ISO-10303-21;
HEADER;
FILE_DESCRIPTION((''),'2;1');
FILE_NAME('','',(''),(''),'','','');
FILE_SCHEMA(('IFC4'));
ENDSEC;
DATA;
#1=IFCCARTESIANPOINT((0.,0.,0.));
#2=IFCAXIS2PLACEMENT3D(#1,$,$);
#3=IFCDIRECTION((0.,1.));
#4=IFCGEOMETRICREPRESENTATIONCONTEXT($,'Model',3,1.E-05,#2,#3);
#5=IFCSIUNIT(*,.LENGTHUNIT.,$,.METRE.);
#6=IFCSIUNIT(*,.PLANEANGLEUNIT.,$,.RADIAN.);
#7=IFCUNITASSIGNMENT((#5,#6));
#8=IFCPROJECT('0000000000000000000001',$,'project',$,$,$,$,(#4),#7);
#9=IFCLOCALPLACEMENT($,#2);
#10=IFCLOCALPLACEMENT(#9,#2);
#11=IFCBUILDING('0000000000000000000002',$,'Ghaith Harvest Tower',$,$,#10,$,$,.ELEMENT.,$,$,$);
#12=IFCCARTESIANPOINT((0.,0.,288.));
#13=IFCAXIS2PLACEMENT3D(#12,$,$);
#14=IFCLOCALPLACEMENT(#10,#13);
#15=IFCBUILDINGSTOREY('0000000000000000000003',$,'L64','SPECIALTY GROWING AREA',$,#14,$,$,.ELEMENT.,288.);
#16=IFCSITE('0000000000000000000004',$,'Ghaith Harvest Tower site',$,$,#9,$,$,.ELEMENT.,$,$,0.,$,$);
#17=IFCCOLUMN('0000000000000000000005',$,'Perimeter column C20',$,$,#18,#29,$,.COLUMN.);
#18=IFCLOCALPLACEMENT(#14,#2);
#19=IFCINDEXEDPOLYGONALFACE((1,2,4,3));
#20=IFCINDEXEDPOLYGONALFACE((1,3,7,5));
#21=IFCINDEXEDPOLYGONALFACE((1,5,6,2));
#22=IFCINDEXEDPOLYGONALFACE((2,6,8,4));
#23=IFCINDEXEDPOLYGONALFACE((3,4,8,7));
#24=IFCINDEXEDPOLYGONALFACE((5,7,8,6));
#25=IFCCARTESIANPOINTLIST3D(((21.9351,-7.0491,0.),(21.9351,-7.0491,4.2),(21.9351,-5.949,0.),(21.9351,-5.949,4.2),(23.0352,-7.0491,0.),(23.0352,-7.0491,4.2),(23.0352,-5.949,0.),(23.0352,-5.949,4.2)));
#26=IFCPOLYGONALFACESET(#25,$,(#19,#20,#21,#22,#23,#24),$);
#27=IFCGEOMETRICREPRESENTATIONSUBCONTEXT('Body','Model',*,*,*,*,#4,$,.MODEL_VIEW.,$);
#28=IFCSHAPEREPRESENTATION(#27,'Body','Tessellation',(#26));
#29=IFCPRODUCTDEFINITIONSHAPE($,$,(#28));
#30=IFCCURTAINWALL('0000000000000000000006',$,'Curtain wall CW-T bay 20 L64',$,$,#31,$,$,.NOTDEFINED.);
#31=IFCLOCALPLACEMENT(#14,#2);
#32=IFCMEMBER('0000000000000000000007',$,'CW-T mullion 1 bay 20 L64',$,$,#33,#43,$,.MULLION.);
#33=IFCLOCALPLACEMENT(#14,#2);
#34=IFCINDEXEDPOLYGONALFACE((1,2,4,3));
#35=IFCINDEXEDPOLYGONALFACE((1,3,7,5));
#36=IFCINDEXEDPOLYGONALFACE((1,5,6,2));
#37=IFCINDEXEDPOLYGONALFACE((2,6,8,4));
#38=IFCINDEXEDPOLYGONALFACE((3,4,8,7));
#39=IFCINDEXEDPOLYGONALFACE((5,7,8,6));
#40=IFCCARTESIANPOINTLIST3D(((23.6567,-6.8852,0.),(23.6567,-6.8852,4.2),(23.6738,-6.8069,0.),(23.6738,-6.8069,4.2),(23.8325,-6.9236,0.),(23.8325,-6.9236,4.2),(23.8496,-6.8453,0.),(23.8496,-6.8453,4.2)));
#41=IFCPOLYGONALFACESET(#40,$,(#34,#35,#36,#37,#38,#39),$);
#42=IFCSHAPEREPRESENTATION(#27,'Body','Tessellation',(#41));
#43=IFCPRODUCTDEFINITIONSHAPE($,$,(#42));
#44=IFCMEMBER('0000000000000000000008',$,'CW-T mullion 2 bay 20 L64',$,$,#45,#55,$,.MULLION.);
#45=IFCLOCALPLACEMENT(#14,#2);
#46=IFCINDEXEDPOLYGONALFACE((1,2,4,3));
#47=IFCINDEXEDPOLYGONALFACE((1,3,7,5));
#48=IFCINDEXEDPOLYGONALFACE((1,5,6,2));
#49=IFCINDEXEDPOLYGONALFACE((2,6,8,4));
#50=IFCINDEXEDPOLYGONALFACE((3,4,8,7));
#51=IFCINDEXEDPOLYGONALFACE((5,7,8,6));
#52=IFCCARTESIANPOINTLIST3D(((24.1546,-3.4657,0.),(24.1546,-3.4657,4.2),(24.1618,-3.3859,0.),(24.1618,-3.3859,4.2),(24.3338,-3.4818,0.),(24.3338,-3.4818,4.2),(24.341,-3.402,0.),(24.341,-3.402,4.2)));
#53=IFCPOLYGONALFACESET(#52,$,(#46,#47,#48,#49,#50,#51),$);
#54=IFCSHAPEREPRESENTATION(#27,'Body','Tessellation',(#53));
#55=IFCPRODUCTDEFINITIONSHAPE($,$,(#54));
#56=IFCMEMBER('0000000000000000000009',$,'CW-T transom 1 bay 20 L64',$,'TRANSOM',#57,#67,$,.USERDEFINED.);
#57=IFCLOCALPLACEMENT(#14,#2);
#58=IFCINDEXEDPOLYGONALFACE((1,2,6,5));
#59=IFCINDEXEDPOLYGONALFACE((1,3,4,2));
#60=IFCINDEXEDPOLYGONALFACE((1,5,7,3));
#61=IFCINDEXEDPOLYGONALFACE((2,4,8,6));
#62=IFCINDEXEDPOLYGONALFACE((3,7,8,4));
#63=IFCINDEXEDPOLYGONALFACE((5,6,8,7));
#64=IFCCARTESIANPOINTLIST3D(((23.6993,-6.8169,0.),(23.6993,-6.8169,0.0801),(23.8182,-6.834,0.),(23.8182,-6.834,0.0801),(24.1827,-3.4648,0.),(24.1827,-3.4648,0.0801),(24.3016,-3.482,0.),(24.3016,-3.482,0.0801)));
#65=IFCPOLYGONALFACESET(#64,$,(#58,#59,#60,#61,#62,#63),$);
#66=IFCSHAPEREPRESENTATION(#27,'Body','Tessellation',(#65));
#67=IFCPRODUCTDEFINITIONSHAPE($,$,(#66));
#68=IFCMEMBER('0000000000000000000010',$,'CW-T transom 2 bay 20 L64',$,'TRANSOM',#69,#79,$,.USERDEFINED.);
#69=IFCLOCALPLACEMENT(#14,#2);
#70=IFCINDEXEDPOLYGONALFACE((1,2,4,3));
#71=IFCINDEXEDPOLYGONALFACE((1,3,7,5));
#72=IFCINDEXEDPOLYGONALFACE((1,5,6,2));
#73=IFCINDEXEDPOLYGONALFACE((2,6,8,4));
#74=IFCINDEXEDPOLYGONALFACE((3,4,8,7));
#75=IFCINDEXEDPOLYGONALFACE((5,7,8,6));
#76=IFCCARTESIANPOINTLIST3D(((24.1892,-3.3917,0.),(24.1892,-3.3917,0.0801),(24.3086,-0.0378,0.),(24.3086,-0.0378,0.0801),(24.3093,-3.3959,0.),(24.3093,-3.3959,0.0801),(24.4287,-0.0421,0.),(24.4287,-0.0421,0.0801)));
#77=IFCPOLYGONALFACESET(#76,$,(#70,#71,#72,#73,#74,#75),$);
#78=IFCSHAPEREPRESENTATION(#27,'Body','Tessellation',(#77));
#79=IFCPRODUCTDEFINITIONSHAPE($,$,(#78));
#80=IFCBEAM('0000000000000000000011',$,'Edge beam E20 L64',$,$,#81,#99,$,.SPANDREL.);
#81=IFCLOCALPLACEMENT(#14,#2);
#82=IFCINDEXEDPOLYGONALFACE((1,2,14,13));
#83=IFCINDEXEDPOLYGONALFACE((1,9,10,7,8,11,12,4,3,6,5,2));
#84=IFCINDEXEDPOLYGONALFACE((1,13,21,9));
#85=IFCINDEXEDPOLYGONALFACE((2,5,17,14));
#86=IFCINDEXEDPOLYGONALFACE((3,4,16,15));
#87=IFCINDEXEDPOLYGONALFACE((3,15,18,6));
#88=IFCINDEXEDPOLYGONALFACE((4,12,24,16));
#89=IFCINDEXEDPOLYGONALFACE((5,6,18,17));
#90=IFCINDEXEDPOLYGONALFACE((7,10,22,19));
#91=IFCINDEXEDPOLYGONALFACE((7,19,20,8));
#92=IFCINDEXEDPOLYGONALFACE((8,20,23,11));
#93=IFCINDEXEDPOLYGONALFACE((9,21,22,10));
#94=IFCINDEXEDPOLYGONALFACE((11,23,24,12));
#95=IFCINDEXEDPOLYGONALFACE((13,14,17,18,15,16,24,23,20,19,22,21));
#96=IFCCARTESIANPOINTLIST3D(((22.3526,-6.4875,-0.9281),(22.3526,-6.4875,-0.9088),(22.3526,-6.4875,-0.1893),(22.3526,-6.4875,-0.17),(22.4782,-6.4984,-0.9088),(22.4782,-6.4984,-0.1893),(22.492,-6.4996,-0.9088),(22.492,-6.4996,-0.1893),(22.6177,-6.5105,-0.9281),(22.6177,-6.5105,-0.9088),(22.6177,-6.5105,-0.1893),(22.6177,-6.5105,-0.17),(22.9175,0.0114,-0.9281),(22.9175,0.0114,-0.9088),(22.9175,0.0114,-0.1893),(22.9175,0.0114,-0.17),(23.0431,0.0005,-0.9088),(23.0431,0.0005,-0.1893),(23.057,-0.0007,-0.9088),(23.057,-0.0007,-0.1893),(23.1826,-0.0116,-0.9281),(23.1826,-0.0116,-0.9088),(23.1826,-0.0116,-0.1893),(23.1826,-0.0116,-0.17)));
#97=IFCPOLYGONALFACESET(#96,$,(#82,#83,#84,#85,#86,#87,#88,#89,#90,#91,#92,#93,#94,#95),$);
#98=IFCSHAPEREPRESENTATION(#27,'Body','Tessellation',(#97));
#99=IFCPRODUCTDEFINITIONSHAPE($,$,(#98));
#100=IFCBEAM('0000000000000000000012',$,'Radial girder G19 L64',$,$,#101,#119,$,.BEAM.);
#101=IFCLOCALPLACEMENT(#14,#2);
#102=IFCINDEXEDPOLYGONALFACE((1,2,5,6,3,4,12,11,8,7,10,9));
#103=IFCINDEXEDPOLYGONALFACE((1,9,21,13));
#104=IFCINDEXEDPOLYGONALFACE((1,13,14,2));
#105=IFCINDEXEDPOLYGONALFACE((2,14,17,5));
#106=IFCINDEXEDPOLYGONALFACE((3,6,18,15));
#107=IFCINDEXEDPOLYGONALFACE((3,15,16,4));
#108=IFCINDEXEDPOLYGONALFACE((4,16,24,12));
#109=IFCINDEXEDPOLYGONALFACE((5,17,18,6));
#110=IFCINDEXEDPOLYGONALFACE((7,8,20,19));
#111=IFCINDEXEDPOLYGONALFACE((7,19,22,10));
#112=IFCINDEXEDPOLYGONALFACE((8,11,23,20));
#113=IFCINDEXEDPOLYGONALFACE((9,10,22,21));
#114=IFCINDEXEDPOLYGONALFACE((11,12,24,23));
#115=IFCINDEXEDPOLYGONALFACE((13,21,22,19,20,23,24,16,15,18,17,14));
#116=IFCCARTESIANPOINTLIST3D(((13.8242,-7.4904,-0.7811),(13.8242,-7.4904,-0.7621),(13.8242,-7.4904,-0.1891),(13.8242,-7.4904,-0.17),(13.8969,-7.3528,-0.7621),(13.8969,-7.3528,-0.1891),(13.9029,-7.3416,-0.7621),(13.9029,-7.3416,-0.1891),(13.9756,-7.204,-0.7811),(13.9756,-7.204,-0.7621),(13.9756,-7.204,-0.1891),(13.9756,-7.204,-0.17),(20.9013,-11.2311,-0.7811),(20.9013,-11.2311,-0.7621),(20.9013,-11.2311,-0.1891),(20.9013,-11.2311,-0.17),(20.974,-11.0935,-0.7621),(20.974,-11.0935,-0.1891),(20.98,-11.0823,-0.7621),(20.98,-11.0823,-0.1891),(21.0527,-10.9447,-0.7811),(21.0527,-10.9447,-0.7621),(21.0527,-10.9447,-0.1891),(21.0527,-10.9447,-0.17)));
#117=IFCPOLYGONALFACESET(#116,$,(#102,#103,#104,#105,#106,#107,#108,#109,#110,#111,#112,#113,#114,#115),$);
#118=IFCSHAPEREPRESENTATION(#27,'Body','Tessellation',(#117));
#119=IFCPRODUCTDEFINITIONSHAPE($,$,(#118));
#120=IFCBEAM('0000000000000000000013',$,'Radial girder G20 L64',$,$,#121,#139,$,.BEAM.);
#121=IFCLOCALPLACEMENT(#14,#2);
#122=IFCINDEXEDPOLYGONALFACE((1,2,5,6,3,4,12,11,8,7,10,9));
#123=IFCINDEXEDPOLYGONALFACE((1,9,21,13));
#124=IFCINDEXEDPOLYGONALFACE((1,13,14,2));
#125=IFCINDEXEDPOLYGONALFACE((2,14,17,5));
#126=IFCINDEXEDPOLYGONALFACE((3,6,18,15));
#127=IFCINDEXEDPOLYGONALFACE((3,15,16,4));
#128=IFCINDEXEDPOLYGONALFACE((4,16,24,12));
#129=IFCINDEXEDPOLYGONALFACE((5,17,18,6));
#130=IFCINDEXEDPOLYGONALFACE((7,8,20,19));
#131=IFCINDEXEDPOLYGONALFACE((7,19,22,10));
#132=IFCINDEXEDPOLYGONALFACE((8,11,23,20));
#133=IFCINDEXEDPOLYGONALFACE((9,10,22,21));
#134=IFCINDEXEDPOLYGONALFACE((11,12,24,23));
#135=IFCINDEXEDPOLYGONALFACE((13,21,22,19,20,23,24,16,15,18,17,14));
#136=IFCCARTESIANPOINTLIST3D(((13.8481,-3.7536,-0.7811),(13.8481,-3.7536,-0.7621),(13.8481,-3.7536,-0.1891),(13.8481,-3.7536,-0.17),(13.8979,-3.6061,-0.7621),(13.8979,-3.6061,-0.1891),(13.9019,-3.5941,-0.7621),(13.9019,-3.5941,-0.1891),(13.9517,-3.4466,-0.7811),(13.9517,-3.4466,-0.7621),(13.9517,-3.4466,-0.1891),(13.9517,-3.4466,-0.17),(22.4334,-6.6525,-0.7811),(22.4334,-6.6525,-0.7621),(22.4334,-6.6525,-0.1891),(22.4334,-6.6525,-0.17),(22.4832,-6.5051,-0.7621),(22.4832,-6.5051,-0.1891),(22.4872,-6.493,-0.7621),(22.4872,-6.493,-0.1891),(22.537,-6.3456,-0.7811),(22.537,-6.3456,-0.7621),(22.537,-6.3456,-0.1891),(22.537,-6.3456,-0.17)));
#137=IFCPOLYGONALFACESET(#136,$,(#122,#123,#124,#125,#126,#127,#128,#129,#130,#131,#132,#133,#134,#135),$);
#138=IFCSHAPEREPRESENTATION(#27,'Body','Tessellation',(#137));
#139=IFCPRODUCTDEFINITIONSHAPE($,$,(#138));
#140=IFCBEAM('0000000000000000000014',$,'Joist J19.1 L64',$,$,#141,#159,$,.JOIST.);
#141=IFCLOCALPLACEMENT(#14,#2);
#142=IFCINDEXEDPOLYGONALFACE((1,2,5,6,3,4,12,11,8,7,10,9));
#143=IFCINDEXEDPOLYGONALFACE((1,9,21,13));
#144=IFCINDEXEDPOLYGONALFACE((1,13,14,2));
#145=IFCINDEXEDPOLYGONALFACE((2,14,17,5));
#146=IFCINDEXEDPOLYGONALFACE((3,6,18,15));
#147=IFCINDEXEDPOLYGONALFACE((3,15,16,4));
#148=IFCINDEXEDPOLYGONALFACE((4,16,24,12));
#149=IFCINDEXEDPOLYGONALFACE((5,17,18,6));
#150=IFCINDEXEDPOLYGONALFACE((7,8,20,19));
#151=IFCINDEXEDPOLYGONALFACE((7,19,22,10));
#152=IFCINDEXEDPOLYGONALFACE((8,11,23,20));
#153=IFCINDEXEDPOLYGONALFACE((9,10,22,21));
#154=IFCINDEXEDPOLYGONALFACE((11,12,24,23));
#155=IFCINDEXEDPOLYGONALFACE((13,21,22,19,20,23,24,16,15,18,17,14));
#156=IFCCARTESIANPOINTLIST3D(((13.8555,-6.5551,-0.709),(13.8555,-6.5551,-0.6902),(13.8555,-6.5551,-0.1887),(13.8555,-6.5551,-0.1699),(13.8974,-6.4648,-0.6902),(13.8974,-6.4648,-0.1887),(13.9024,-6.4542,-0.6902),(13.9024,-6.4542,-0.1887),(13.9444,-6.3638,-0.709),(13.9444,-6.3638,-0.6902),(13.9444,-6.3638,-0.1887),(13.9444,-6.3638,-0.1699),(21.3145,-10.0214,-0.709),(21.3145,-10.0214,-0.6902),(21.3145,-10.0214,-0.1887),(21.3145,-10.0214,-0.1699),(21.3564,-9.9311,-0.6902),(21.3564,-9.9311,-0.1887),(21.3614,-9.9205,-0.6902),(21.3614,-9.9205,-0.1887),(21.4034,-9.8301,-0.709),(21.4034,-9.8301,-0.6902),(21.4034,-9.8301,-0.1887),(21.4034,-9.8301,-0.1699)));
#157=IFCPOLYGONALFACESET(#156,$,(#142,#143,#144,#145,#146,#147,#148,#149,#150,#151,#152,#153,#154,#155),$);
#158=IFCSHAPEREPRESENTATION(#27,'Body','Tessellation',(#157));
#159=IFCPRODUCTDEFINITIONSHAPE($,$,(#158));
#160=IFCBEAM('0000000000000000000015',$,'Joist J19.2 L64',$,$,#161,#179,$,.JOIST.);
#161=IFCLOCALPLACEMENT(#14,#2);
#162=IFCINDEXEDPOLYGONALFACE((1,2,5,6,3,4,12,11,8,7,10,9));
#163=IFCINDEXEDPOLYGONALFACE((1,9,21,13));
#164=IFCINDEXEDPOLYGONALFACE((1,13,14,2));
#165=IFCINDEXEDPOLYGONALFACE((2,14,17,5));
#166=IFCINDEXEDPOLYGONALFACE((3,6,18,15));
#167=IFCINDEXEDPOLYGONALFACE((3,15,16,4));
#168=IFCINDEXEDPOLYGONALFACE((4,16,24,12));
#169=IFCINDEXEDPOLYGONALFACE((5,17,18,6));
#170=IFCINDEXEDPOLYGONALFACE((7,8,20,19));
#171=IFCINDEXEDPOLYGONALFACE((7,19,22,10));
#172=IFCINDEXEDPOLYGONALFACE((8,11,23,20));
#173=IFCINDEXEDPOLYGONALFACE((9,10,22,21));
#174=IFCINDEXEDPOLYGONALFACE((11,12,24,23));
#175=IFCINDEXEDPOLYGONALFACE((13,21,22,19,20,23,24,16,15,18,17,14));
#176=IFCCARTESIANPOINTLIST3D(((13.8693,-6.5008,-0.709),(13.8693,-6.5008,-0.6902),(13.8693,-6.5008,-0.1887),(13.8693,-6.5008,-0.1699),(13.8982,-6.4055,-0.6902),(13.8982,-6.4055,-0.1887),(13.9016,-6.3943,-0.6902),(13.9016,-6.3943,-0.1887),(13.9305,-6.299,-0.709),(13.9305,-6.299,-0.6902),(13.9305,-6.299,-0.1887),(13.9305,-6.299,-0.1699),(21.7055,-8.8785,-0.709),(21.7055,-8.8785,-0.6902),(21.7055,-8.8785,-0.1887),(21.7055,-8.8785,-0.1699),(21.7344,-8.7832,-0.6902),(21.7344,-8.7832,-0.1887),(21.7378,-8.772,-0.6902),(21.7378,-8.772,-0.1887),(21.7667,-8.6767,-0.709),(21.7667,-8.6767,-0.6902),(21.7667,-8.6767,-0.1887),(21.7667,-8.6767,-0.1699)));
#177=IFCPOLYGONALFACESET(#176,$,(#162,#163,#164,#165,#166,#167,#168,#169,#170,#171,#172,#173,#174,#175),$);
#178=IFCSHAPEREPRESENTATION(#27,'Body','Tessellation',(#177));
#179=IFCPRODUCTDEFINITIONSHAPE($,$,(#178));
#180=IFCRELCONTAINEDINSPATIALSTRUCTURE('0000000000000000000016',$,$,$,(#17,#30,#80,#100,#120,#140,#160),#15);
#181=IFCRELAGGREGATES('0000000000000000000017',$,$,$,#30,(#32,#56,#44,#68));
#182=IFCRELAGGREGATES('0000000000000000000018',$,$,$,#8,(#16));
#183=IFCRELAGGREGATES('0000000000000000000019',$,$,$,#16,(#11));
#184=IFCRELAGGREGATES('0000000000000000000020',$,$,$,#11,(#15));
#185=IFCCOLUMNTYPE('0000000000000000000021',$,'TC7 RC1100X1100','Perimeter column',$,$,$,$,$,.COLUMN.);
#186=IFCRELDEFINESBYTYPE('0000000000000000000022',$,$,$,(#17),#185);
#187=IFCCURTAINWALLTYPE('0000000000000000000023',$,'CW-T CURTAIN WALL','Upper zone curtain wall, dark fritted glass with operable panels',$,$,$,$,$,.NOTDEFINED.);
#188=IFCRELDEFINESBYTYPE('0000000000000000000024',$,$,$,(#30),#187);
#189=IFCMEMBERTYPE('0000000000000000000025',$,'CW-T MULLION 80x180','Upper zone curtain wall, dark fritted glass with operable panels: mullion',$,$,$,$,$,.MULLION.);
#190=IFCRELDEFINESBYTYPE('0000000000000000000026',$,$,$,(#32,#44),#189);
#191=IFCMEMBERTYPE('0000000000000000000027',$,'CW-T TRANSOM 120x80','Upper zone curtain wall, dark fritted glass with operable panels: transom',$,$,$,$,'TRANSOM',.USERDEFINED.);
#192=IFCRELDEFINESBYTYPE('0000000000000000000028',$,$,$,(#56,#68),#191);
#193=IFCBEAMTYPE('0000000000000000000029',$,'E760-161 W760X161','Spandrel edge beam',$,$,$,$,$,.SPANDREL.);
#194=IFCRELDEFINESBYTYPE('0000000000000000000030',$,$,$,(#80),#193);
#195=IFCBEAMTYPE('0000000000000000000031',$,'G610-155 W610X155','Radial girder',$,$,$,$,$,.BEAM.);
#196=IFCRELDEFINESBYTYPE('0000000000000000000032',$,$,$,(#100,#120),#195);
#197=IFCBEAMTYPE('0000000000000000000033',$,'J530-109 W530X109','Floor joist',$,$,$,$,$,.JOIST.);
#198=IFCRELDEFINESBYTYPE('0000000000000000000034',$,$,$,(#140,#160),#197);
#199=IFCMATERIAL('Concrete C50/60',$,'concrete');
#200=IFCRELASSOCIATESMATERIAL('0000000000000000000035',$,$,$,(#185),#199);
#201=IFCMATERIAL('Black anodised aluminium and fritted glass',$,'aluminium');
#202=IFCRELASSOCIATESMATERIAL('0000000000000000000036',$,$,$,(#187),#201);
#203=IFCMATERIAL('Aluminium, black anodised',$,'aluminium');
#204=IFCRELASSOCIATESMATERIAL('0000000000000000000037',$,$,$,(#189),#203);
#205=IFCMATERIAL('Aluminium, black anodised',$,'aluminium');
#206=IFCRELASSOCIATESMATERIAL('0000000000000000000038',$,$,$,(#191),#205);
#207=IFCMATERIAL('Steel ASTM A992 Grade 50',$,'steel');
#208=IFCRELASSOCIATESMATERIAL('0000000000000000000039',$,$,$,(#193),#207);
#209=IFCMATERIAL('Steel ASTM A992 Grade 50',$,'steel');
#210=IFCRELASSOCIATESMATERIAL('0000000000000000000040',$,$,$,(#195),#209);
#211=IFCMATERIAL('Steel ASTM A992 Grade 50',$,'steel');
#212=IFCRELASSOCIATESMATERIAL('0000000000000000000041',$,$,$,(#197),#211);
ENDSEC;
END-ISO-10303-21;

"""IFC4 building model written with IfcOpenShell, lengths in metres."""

from ifc_helpers import new_model, si_unit, direction, frame, origin, origin_2d, place, context, subcontext, project, spatial, rectangle, i_section, extrude, material, material_profile, profile_set, type_object, element, aggregate, save


model = new_model("IFC4")

# Units and contexts
model_context = context("Model", 3, precision=1e-05, world=origin(), true_north=direction((0.0, 1.0)))
body_context = subcontext(model_context, "Body", "Model", "MODEL_VIEW")
ifc_project = project(units=[si_unit("LENGTHUNIT", "METRE"), si_unit("PLANEANGLEUNIT", "RADIAN")], contexts=[model_context])

# Site, building, storey
site_placement = place(None, origin())
site = spatial("IfcSite", under=ifc_project, at=site_placement, Name="Ghaith Harvest Tower site", CompositionType="ELEMENT", RefElevation=0.0)
building_placement = place(site_placement, origin())
building = spatial("IfcBuilding", under=site, at=building_placement, Name="Ghaith Harvest Tower", CompositionType="ELEMENT")
storey_placement = place(building_placement, frame((0.0, 0.0, 288.0)))
storey = spatial("IfcBuildingStorey", under=building, at=storey_placement, Name="L64", Description="SPECIALTY GROWING AREA", CompositionType="ELEMENT", Elevation=288.0)

# Column
ifc_material_1 = material(Name="Concrete C50/60", Category="concrete")
ifc_material_profile_1 = material_profile(ifc_material_1, rectangle(XDim=1.1001, YDim=1.1001, at=origin_2d()), Name="RC1100X1100")
ifc_profile_set_1 = profile_set([ifc_material_profile_1], Name="Concrete C50/60")
column_type = type_object("IfcColumnType", Name="TC7 RC1100X1100", Description="Perimeter column", PredefinedType="COLUMN", material=ifc_profile_set_1)
column_placement = place(storey_placement, frame((22.4851, -6.499, 0.0), z_axis=(0.0, 0.0, 1.0), x_axis=(1.0, 0.0, 0.0)))
element("IfcColumn", 1, at=column_placement, inside=storey, type_object=column_type, Name="Perimeter column C20", PredefinedType="COLUMN", context=body_context, shape_type="SweptSolid", body=[
    extrude(rectangle(XDim=1.1001, YDim=1.1001, at=origin_2d()), origin(), (0.0, 0.0, 1.0), 4.2),
])

# Curtain wall, members
ifc_material_2 = material(Name="Black anodised aluminium and fritted glass", Category="aluminium")
curtain_wall_type = type_object("IfcCurtainWallType", Name="CW-T CURTAIN WALL", Description="Upper zone curtain wall, dark fritted glass with operable panels", PredefinedType="NOTDEFINED", material=ifc_material_2)
curtain_wall_1_placement = place(storey_placement, origin())
curtain_wall_1 = element("IfcCurtainWall", 2, at=curtain_wall_1_placement, inside=storey, type_object=curtain_wall_type, Name="Curtain wall CW-T bay 20 L64", PredefinedType="NOTDEFINED")
ifc_material_3 = material(Name="Aluminium, black anodised", Category="aluminium")
ifc_material_profile_2 = material_profile(ifc_material_3, rectangle(XDim=0.0801, YDim=0.1799, at=origin_2d()), Name="CW-T MULLION 80x180")
ifc_profile_set_2 = profile_set([ifc_material_profile_2], Name="Aluminium, black anodised")
member_type_1 = type_object("IfcMemberType", Name="CW-T MULLION 80x180", Description="Upper zone curtain wall, dark fritted glass with operable panels: mullion", PredefinedType="MULLION", material=ifc_profile_set_2)
member_1_placement = place(storey_placement, frame((23.7532, -6.8652, 0.0), z_axis=(0.0, 0.0, 1.0), x_axis=(0.213402, 0.976964, 0.0)))
member_1 = element("IfcMember", 3, at=member_1_placement, type_object=member_type_1, Name="CW-T mullion 1 bay 20 L64", PredefinedType="MULLION", context=body_context, shape_type="SweptSolid", body=[
    extrude(rectangle(XDim=0.0801, YDim=0.1799, at=origin_2d()), origin(), (0.0, 0.0, 1.0), 4.2),
])
member_2_placement = place(storey_placement, frame((24.2478, -3.4338, 0.0), z_axis=(0.0, 0.0, 1.0), x_axis=(0.089502, 0.995987, 0.0)))
member_2 = element("IfcMember", 4, at=member_2_placement, type_object=member_type_1, Name="CW-T mullion 2 bay 20 L64", PredefinedType="MULLION", context=body_context, shape_type="SweptSolid", body=[
    extrude(rectangle(XDim=0.0801, YDim=0.1799, at=origin_2d()), origin(), (0.0, 0.0, 1.0), 4.2),
])
ifc_material_4 = material(Name="Aluminium, black anodised", Category="aluminium")
ifc_material_profile_3 = material_profile(ifc_material_4, rectangle(XDim=0.1201, YDim=0.0801, at=origin_2d()), Name="CW-T TRANSOM 120x80")
ifc_profile_set_3 = profile_set([ifc_material_profile_3], Name="Aluminium, black anodised")
member_type_2 = type_object("IfcMemberType", Name="CW-T TRANSOM 120x80", Description="Upper zone curtain wall, dark fritted glass with operable panels: transom", ElementType="TRANSOM", PredefinedType="USERDEFINED", material=ifc_profile_set_3)
member_3_placement = place(storey_placement, frame((23.7588, -6.8254, 0.04), z_axis=(0.142733, 0.989761, 0.0), x_axis=(-0.989761, 0.142733, 0.0)))
member_3 = element("IfcMember", 5, at=member_3_placement, type_object=member_type_2, Name="CW-T transom 1 bay 20 L64", ObjectType="TRANSOM", PredefinedType="USERDEFINED", context=body_context, shape_type="SweptSolid", body=[
    extrude(rectangle(XDim=0.1201, YDim=0.0801, at=origin_2d()), origin(), (0.0, 0.0, 1.0), 3.3867),
])
member_4_placement = place(storey_placement, frame((24.2493, -3.3938, 0.04), z_axis=(0.035575, 0.999367, 0.0), x_axis=(-0.999367, 0.035575, 0.0)))
member_4 = element("IfcMember", 6, at=member_4_placement, type_object=member_type_2, Name="CW-T transom 2 bay 20 L64", ObjectType="TRANSOM", PredefinedType="USERDEFINED", context=body_context, shape_type="SweptSolid", body=[
    extrude(rectangle(XDim=0.1201, YDim=0.0801, at=origin_2d()), origin(), (0.0, 0.0, 1.0), 3.356),
])

# Beams
ifc_material_5 = material(Name="Steel ASTM A992 Grade 50", Category="steel")
ifc_material_profile_4 = material_profile(ifc_material_5, i_section(OverallWidth=0.2661, OverallDepth=0.7581, WebThickness=0.0139, FlangeThickness=0.0193, at=origin_2d()), Name="W760X161")
ifc_profile_set_4 = profile_set([ifc_material_profile_4], Name="Steel ASTM A992 Grade 50")
beam_type_1 = type_object("IfcBeamType", Name="E760-161 W760X161", Description="Spandrel edge beam", PredefinedType="SPANDREL", material=ifc_profile_set_4)
beam_1_placement = place(storey_placement, frame((22.4851, -6.499, -0.5491), z_axis=(0.086601, 0.996243, 0.0), x_axis=(-0.996243, 0.086601, 0.0)))
element("IfcBeam", 7, at=beam_1_placement, inside=storey, type_object=beam_type_1, Name="Edge beam E20 L64", PredefinedType="SPANDREL", context=body_context, shape_type="SweptSolid", body=[
    extrude(i_section(OverallWidth=0.2661, OverallDepth=0.7581, WebThickness=0.0139, FlangeThickness=0.0193, at=origin_2d()), origin(), (0.0, 0.0, 1.0), 6.5234),
])
ifc_material_6 = material(Name="Steel ASTM A992 Grade 50", Category="steel")
ifc_material_profile_5 = material_profile(ifc_material_6, i_section(OverallWidth=0.324, OverallDepth=0.6111, WebThickness=0.0127, FlangeThickness=0.019, at=origin_2d()), Name="W610X155")
ifc_profile_set_5 = profile_set([ifc_material_profile_5], Name="Steel ASTM A992 Grade 50")
beam_type_2 = type_object("IfcBeamType", Name="G610-155 W610X155", Description="Radial girder", PredefinedType="BEAM", material=ifc_profile_set_5)
beam_2_placement = place(storey_placement, frame((13.8999, -7.3472, -0.4756), z_axis=(0.884098, -0.467302, 0.0), x_axis=(0.467302, 0.884098, 0.0)))
element("IfcBeam", 8, at=beam_2_placement, inside=storey, type_object=beam_type_2, Name="Radial girder G19 L64", PredefinedType="BEAM", context=body_context, shape_type="SweptSolid", body=[
    extrude(i_section(OverallWidth=0.324, OverallDepth=0.6111, WebThickness=0.0127, FlangeThickness=0.019, at=origin_2d()), origin(), (0.0, 0.0, 1.0), 8.0049),
])
beam_3_placement = place(storey_placement, frame((13.8999, -3.6001, -0.4756), z_axis=(0.947445, -0.319919, 0.0), x_axis=(0.319919, 0.947445, 0.0)))
element("IfcBeam", 9, at=beam_3_placement, inside=storey, type_object=beam_type_2, Name="Radial girder G20 L64", PredefinedType="BEAM", context=body_context, shape_type="SweptSolid", body=[
    extrude(i_section(OverallWidth=0.324, OverallDepth=0.6111, WebThickness=0.0127, FlangeThickness=0.019, at=origin_2d()), origin(), (0.0, 0.0, 1.0), 9.0615),
])
ifc_material_7 = material(Name="Steel ASTM A992 Grade 50", Category="steel")
ifc_material_profile_6 = material_profile(ifc_material_7, i_section(OverallWidth=0.2109, OverallDepth=0.5391, WebThickness=0.0117, FlangeThickness=0.0188, at=origin_2d()), Name="W530X109")
ifc_profile_set_6 = profile_set([ifc_material_profile_6], Name="Steel ASTM A992 Grade 50")
beam_type_3 = type_object("IfcBeamType", Name="J530-109 W530X109", Description="Floor joist", PredefinedType="JOIST", material=ifc_profile_set_6)
beam_4_placement = place(storey_placement, frame((13.8999, -6.4595, -0.4395), z_axis=(0.90686, -0.421432, 0.0), x_axis=(0.421432, 0.90686, 0.0)))
element("IfcBeam", 10, at=beam_4_placement, inside=storey, type_object=beam_type_3, Name="Joist J19.1 L64", PredefinedType="JOIST", context=body_context, shape_type="SweptSolid", body=[
    extrude(i_section(OverallWidth=0.2109, OverallDepth=0.5391, WebThickness=0.0117, FlangeThickness=0.0188, at=origin_2d()), origin(), (0.0, 0.0, 1.0), 8.2251),
])
beam_5_placement = place(storey_placement, frame((13.8999, -6.3999, -0.4395), z_axis=(0.95692, -0.290352, 0.0), x_axis=(0.290352, 0.95692, 0.0)))
element("IfcBeam", 11, at=beam_5_placement, inside=storey, type_object=beam_type_3, Name="Joist J19.2 L64", PredefinedType="JOIST", context=body_context, shape_type="SweptSolid", body=[
    extrude(i_section(OverallWidth=0.2109, OverallDepth=0.5391, WebThickness=0.0117, FlangeThickness=0.0188, at=origin_2d()), origin(), (0.0, 0.0, 1.0), 8.189),
])

aggregate(curtain_wall_1, [member_1, member_3, member_2, member_4])

save(model, "model.ifc")
